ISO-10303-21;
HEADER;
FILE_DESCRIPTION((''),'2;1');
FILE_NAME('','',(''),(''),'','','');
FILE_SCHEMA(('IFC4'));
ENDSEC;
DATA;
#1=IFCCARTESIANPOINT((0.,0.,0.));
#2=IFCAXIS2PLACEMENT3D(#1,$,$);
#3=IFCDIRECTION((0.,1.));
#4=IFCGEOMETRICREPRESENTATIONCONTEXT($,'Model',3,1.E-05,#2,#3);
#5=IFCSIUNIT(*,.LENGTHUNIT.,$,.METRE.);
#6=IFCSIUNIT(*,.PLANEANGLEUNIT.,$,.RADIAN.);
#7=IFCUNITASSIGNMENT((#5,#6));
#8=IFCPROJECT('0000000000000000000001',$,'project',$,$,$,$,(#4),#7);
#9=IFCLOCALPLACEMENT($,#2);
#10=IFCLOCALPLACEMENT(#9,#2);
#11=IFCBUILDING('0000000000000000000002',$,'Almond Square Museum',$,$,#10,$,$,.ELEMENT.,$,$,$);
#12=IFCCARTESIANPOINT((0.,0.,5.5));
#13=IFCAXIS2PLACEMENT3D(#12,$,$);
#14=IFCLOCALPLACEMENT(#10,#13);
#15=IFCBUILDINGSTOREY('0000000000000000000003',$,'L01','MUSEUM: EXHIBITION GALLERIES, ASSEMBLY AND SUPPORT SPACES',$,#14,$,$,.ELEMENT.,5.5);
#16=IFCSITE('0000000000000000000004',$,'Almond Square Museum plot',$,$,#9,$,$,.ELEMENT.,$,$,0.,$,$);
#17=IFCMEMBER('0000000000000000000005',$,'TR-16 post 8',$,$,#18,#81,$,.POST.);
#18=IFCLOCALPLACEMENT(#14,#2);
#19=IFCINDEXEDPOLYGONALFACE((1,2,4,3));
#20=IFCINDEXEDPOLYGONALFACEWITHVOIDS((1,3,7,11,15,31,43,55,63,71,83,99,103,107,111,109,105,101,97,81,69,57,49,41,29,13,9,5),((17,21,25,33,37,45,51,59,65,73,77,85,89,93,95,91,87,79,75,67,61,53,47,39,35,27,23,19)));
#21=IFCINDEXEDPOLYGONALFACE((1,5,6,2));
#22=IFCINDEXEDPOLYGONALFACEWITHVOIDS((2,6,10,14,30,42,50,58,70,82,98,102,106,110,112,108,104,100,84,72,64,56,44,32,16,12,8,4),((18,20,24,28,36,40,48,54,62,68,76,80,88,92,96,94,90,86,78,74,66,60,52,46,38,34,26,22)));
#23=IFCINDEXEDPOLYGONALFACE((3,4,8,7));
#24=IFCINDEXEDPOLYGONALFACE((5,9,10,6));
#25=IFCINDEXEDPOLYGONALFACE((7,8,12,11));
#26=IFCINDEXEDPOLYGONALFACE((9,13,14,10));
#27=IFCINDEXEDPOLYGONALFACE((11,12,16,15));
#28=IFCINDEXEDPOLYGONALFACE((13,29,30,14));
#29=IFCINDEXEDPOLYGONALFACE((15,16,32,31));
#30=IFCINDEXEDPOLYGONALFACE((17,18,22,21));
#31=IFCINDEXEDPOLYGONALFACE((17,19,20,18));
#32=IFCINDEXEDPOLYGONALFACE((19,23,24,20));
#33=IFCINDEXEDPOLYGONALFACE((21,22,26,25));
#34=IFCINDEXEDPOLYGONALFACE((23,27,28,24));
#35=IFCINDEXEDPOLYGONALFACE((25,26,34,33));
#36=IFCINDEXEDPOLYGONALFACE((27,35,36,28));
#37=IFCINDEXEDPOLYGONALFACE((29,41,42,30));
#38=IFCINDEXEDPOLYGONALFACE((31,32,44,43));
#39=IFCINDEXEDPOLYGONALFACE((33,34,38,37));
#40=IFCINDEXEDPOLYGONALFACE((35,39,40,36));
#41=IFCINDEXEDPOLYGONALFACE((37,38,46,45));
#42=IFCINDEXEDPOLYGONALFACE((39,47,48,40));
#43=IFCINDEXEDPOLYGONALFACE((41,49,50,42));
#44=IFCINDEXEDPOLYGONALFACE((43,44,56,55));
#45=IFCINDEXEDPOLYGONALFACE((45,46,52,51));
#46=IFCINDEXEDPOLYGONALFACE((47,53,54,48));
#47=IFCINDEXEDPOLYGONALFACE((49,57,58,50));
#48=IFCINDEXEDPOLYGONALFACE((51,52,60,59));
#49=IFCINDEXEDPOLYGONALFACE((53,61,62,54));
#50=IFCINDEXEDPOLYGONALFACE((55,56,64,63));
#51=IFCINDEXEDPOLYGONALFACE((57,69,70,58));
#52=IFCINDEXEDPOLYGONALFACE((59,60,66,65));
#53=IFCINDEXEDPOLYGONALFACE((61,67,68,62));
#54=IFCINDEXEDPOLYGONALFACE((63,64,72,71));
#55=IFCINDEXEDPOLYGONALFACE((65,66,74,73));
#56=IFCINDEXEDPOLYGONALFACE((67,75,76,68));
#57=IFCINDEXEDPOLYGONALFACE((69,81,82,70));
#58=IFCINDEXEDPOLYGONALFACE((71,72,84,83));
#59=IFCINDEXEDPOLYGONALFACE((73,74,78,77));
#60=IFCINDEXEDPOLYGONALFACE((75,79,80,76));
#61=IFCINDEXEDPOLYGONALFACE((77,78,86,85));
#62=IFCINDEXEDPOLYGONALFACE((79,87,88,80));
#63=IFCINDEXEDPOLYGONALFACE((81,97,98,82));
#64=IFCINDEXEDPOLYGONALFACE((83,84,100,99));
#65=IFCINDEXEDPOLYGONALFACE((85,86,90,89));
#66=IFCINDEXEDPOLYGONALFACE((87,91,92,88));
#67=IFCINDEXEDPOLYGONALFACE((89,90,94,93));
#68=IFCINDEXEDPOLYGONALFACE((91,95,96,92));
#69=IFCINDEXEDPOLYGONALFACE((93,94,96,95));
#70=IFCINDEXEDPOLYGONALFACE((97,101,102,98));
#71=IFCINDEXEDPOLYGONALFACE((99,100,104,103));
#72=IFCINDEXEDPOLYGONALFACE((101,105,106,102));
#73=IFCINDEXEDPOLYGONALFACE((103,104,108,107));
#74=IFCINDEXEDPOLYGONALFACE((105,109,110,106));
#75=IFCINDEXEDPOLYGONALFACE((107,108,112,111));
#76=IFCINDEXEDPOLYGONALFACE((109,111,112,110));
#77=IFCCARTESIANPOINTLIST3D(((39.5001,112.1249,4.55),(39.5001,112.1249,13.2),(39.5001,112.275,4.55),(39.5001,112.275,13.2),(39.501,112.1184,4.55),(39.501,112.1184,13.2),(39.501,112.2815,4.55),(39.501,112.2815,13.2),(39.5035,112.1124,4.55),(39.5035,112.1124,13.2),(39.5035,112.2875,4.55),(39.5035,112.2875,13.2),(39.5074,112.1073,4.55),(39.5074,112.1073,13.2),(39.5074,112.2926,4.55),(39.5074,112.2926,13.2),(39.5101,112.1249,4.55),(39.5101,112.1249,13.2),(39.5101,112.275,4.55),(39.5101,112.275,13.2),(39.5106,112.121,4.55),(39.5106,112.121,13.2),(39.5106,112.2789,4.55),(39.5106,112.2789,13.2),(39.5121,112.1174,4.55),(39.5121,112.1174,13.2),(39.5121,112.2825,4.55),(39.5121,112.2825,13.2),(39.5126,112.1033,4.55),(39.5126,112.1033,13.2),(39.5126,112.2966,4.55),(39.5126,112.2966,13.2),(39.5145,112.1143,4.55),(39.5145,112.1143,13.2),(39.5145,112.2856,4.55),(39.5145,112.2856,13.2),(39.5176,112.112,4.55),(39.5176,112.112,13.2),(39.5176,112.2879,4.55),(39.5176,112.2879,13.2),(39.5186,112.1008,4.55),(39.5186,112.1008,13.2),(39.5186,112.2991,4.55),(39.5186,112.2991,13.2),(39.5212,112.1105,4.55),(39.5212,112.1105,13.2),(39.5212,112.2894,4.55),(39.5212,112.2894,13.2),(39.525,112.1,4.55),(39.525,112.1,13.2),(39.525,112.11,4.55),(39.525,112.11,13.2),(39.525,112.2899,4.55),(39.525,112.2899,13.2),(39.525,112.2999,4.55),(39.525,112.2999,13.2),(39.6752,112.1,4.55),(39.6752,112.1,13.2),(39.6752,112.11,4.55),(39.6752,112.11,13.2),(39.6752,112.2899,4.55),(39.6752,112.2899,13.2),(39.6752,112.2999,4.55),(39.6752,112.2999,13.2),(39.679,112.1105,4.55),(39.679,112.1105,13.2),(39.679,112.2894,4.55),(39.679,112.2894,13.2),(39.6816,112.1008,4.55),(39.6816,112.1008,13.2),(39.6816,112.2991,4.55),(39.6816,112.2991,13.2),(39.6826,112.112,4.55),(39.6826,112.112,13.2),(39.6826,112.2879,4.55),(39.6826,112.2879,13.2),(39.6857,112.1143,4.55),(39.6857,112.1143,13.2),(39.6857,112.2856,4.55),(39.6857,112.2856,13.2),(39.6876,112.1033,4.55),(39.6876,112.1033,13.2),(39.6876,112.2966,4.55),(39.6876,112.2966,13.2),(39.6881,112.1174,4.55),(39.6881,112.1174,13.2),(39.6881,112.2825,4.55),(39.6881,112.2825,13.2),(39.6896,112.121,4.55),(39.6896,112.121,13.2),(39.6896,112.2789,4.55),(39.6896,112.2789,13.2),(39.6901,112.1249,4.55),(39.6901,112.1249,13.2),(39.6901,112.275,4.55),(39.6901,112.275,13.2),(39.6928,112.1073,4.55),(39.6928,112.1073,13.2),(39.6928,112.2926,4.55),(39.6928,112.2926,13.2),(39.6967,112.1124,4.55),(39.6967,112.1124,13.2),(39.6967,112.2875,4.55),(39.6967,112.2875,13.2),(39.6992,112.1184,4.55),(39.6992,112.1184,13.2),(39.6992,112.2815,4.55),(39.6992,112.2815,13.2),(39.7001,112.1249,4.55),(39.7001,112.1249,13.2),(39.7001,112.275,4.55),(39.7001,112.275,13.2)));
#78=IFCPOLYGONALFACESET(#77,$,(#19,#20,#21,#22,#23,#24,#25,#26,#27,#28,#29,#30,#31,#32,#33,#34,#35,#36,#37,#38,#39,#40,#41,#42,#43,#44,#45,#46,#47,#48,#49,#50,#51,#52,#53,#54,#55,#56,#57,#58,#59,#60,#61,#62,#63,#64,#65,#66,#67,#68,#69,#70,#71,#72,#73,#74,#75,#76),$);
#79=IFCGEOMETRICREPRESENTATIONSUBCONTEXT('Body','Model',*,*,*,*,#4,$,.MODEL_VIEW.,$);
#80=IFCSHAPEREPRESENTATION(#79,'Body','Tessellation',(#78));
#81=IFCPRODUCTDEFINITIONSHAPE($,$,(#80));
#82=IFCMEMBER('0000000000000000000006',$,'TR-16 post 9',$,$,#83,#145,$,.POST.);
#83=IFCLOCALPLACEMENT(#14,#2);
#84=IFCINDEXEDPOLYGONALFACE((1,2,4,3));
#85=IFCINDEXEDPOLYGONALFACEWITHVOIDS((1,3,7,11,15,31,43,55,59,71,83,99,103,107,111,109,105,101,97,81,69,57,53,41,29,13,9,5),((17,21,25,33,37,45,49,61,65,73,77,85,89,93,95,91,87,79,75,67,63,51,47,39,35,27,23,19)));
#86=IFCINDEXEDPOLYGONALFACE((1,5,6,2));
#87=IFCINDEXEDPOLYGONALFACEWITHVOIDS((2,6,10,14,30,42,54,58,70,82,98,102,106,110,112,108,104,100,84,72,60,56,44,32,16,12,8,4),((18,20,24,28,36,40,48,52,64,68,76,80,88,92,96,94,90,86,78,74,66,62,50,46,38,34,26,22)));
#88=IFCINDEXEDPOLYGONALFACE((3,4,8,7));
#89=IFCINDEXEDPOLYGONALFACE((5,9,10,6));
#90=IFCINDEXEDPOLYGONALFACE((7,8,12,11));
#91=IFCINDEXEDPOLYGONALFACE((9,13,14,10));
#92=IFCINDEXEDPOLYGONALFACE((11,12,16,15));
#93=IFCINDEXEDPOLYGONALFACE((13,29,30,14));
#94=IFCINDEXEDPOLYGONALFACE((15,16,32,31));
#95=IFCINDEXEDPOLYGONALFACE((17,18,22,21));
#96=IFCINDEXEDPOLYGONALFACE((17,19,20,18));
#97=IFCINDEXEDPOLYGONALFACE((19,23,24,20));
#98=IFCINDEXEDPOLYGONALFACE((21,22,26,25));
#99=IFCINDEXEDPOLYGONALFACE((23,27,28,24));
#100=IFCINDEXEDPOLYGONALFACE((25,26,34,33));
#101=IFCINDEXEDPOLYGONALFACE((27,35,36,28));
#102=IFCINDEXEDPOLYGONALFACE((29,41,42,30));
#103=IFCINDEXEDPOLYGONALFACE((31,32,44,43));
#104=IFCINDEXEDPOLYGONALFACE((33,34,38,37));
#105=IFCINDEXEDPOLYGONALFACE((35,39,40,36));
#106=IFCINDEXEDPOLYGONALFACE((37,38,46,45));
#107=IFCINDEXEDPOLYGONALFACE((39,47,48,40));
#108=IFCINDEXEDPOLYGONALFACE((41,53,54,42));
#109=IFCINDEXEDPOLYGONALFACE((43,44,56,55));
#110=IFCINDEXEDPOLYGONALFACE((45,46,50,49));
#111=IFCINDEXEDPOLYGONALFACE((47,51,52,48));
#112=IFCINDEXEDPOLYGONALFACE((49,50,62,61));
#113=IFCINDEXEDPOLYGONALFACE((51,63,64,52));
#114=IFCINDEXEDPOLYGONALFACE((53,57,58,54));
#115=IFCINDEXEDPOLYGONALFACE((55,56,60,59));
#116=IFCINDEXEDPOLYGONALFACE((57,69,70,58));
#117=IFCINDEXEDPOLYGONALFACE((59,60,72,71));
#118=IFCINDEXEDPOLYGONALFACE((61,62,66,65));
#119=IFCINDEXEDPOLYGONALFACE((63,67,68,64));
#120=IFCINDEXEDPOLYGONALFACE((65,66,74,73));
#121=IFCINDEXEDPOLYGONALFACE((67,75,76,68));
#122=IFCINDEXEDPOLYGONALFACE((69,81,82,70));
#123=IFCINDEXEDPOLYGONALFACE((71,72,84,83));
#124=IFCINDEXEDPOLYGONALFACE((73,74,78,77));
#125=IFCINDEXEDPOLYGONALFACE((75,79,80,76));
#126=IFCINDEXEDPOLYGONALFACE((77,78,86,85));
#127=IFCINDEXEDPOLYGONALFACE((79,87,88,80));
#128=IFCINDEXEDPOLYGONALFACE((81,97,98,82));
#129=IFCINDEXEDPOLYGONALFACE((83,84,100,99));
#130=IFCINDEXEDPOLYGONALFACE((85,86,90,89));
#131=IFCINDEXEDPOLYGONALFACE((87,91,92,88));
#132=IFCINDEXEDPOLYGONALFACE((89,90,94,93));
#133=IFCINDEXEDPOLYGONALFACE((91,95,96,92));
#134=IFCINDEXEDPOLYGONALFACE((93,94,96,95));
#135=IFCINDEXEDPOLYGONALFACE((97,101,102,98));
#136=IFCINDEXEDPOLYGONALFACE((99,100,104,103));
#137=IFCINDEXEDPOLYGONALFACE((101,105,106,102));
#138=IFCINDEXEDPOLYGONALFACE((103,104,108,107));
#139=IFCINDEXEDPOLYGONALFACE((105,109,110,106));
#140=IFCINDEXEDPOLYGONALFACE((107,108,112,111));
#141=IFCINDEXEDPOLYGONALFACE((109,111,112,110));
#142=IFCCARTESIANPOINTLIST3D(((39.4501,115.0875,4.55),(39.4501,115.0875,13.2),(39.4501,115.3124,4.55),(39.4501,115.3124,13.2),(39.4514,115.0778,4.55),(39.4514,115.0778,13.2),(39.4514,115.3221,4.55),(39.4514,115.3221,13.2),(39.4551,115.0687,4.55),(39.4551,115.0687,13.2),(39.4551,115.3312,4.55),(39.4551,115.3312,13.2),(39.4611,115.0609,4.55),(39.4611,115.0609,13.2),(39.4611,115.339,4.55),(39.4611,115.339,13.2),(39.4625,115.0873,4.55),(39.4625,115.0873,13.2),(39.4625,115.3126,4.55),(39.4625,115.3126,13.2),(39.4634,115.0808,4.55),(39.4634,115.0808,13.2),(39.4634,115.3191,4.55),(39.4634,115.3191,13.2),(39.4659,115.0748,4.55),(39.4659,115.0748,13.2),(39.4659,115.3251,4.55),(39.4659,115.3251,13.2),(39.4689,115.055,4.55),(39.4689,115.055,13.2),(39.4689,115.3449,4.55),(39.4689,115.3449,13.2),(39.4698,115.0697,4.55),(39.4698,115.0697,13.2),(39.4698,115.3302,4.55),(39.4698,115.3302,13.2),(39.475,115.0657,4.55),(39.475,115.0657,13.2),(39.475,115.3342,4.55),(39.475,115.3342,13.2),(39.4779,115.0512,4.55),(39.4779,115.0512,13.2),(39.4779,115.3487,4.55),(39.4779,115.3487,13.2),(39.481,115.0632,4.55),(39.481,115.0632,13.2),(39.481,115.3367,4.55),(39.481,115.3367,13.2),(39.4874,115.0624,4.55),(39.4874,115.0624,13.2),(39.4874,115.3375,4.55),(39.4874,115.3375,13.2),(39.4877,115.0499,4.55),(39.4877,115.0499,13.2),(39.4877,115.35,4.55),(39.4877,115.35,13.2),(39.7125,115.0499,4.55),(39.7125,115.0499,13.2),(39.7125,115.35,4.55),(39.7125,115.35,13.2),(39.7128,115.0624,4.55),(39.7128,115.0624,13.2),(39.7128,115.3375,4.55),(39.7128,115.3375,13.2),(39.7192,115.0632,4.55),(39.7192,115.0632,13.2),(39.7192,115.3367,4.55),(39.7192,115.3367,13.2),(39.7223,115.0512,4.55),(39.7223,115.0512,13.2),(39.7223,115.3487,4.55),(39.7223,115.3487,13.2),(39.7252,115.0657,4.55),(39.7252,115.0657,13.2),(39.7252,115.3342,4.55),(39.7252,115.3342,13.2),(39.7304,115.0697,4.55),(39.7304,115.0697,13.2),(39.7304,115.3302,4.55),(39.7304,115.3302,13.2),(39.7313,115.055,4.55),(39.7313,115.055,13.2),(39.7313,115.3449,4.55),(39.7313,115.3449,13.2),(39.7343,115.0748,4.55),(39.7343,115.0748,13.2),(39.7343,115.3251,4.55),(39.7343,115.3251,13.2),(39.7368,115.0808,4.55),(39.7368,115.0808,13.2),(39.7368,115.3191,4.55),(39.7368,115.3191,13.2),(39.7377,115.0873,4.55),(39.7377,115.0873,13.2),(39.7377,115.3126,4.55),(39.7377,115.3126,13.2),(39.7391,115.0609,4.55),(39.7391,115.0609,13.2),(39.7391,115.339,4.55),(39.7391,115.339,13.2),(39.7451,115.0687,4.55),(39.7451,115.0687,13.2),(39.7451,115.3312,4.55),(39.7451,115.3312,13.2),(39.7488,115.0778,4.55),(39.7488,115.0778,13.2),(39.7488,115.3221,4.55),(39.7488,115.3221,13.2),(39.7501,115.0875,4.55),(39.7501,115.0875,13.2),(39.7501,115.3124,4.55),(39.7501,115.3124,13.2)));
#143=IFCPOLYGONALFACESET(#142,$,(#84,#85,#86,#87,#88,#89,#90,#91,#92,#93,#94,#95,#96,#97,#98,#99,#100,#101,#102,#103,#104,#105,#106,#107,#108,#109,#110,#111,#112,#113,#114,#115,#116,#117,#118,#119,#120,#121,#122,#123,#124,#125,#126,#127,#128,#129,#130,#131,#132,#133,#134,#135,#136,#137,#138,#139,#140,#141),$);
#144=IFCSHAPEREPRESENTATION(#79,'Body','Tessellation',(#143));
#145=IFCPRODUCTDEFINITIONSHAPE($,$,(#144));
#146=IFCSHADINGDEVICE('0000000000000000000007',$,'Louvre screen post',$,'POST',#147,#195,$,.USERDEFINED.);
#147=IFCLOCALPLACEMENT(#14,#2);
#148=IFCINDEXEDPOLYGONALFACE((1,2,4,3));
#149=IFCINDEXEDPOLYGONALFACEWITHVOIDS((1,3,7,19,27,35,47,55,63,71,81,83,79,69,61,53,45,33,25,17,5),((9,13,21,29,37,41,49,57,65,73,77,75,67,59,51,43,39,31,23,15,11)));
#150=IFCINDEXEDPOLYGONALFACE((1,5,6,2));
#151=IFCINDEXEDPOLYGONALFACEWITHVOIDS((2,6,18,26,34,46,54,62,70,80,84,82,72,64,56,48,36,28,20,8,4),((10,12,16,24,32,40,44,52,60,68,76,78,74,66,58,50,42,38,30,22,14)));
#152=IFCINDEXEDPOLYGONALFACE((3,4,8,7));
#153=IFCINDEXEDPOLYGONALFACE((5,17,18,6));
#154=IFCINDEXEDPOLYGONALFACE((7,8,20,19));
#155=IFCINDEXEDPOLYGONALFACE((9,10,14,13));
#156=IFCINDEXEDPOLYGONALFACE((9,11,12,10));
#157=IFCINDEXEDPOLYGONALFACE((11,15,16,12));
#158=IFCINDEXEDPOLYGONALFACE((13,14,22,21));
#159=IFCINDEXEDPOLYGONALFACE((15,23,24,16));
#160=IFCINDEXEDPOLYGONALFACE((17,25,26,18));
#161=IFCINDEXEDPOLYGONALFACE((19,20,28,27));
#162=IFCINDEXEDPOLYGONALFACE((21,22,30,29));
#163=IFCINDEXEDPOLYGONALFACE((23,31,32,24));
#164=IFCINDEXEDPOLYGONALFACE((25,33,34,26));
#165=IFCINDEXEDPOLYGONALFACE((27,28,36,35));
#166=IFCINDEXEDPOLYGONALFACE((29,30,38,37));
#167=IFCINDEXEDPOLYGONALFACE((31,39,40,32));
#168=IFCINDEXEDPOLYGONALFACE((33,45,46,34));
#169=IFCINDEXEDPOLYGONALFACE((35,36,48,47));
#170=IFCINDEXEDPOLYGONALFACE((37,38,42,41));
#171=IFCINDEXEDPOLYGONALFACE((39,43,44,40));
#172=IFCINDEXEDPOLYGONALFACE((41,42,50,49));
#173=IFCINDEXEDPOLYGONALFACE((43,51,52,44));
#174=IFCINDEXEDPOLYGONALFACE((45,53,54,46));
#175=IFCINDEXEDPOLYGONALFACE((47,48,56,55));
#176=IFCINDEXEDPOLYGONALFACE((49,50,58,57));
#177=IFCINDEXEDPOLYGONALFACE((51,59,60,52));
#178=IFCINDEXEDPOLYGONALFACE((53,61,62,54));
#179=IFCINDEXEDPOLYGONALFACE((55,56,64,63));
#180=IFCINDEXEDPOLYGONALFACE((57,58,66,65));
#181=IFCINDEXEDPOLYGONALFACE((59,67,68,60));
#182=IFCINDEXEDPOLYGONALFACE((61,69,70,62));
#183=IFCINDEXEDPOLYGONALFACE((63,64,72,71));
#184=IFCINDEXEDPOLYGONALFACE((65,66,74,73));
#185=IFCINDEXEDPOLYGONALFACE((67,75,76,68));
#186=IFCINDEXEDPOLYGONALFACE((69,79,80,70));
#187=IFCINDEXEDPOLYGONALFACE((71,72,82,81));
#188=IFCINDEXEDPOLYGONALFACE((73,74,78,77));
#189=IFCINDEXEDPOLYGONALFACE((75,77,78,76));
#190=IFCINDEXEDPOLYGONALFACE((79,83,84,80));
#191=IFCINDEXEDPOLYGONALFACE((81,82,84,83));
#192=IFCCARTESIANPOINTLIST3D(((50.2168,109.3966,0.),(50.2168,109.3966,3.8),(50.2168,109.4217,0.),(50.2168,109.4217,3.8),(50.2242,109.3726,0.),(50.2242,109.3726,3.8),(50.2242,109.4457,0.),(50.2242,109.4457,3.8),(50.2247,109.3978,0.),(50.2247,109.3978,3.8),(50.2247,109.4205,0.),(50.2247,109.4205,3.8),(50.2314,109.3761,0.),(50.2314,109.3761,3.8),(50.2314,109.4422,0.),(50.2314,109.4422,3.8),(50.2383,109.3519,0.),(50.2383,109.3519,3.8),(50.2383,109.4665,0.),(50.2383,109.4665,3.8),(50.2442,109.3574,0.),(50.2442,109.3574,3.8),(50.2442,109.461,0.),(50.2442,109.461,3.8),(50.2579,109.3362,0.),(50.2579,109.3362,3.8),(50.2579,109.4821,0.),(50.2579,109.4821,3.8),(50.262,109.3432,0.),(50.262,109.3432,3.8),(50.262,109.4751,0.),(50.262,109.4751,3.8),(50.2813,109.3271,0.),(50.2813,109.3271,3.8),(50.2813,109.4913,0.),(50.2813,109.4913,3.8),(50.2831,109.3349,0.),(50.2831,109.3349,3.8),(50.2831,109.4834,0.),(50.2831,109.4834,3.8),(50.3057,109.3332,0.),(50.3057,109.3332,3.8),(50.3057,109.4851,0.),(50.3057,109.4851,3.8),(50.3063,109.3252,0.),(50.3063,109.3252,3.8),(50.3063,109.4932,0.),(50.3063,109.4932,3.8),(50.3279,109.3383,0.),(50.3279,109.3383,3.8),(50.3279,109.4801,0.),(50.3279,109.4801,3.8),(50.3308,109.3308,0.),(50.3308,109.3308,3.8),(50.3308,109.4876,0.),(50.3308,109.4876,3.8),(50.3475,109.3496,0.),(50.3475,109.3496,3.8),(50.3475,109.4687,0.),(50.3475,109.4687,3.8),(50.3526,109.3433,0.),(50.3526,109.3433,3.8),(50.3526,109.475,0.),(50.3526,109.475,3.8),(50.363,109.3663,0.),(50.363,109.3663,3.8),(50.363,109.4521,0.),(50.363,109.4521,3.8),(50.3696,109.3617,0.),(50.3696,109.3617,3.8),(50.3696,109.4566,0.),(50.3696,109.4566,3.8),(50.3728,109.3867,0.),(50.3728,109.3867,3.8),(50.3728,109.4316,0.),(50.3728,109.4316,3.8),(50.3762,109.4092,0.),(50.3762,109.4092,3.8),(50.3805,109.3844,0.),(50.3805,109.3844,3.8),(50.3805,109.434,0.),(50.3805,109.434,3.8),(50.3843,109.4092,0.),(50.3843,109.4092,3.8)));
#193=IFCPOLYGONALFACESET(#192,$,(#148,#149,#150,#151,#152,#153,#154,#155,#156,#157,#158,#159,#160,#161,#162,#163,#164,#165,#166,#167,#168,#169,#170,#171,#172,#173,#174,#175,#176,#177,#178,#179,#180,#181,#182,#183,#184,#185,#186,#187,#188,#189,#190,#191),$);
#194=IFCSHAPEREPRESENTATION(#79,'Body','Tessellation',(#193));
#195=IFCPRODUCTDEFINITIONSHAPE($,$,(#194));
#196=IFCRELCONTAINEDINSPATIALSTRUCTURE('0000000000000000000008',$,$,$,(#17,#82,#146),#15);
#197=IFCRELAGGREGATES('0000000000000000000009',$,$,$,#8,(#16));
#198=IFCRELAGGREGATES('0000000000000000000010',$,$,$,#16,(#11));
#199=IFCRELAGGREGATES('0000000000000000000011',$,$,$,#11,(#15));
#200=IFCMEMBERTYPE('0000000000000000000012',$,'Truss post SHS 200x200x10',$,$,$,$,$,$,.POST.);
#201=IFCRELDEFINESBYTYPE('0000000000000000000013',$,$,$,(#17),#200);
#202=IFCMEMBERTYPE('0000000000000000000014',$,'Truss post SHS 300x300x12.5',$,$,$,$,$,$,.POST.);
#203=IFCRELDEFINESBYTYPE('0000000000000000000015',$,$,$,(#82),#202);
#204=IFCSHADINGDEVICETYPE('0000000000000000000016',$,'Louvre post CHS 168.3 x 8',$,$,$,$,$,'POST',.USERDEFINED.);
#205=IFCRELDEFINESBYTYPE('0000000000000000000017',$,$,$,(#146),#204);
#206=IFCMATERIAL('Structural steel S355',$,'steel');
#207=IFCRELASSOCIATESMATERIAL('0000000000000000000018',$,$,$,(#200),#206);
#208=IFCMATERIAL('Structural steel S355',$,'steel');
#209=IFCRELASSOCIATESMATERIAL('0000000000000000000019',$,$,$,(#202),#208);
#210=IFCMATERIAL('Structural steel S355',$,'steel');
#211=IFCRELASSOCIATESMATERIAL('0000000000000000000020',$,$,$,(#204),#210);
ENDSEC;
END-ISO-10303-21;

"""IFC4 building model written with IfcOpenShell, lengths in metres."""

from ifc_helpers import new_model, si_unit, direction, frame, origin, origin_2d, place, context, subcontext, project, spatial, hollow_rectangle, hollow_circle, extrude, material, material_profile, profile_set, type_object, element, save


model = new_model("IFC4")

# Units and contexts
model_context = context("Model", 3, precision=1e-05, world=origin(), true_north=direction((0.0, 1.0)))
body_context = subcontext(model_context, "Body", "Model", "MODEL_VIEW")
ifc_project = project(units=[si_unit("LENGTHUNIT", "METRE"), si_unit("PLANEANGLEUNIT", "RADIAN")], contexts=[model_context])

# Site, building, storey
site_placement = place(None, origin())
site = spatial("IfcSite", under=ifc_project, at=site_placement, Name="Almond Square Museum plot", CompositionType="ELEMENT", RefElevation=0.0)
building_placement = place(site_placement, origin())
building = spatial("IfcBuilding", under=site, at=building_placement, Name="Almond Square Museum", CompositionType="ELEMENT")
storey_placement = place(building_placement, frame((0.0, 0.0, 5.5)))
storey = spatial("IfcBuildingStorey", under=building, at=storey_placement, Name="L01", Description="MUSEUM: EXHIBITION GALLERIES, ASSEMBLY AND SUPPORT SPACES", CompositionType="ELEMENT", Elevation=5.5)

# Members
ifc_material_1 = material(Name="Structural steel S355", Category="steel")
ifc_material_profile_1 = material_profile(ifc_material_1, hollow_rectangle(XDim=0.2, YDim=0.2, WallThickness=0.01, InnerFilletRadius=0.0149, OuterFilletRadius=0.0249, at=origin_2d()))
ifc_profile_set_1 = profile_set([ifc_material_profile_1], Name="Structural steel S355")
member_type_1 = type_object("IfcMemberType", Name="Truss post SHS 200x200x10", PredefinedType="POST", material=ifc_profile_set_1)
member_1_placement = place(storey_placement, frame((39.6001, 112.2, 4.55), z_axis=(0.0, 0.0, 1.0), x_axis=(1.0, 0.0, 0.0)))
element("IfcMember", 1, at=member_1_placement, inside=storey, type_object=member_type_1, Name="TR-16 post 8", PredefinedType="POST", context=body_context, shape_type="SweptSolid", body=[
    extrude(hollow_rectangle(XDim=0.2, YDim=0.2, WallThickness=0.01, InnerFilletRadius=0.0149, OuterFilletRadius=0.0249, at=origin_2d()), origin(), (0.0, 0.0, 1.0), 8.6499),
])
ifc_material_2 = material(Name="Structural steel S355", Category="steel")
ifc_material_profile_2 = material_profile(ifc_material_2, hollow_rectangle(XDim=0.3, YDim=0.3, WallThickness=0.0125, InnerFilletRadius=0.0249, OuterFilletRadius=0.0376, at=origin_2d()))
ifc_profile_set_2 = profile_set([ifc_material_profile_2], Name="Structural steel S355")
member_type_2 = type_object("IfcMemberType", Name="Truss post SHS 300x300x12.5", PredefinedType="POST", material=ifc_profile_set_2)
member_2_placement = place(storey_placement, frame((39.6001, 115.2, 4.55), z_axis=(0.0, 0.0, 1.0), x_axis=(1.0, 0.0, 0.0)))
element("IfcMember", 2, at=member_2_placement, inside=storey, type_object=member_type_2, Name="TR-16 post 9", PredefinedType="POST", context=body_context, shape_type="SweptSolid", body=[
    extrude(hollow_rectangle(XDim=0.3, YDim=0.3, WallThickness=0.0125, InnerFilletRadius=0.0249, OuterFilletRadius=0.0376, at=origin_2d()), origin(), (0.0, 0.0, 1.0), 8.6499),
])

# Shading device
ifc_material_3 = material(Name="Structural steel S355", Category="steel")
ifc_material_profile_3 = material_profile(ifc_material_3, hollow_circle(Radius=0.0842, WallThickness=0.0081, at=origin_2d()))
ifc_profile_set_3 = profile_set([ifc_material_profile_3], Name="Structural steel S355")
shading_device_type = type_object("IfcShadingDeviceType", Name="Louvre post CHS 168.3 x 8", ElementType="POST", PredefinedType="USERDEFINED", material=ifc_profile_set_3)
shading_device_placement = place(storey_placement, frame((50.3, 109.4092, 0.0), z_axis=(0.0, 0.0, 1.0), x_axis=(1.0, 0.0, 0.0)))
element("IfcShadingDevice", 3, at=shading_device_placement, inside=storey, type_object=shading_device_type, Name="Louvre screen post", ObjectType="POST", PredefinedType="USERDEFINED", context=body_context, shape_type="SweptSolid", body=[
    extrude(hollow_circle(Radius=0.0842, WallThickness=0.0081, at=origin_2d()), origin(), (0.0, 0.0, 1.0), 3.8),
])

save(model, "model.ifc")
